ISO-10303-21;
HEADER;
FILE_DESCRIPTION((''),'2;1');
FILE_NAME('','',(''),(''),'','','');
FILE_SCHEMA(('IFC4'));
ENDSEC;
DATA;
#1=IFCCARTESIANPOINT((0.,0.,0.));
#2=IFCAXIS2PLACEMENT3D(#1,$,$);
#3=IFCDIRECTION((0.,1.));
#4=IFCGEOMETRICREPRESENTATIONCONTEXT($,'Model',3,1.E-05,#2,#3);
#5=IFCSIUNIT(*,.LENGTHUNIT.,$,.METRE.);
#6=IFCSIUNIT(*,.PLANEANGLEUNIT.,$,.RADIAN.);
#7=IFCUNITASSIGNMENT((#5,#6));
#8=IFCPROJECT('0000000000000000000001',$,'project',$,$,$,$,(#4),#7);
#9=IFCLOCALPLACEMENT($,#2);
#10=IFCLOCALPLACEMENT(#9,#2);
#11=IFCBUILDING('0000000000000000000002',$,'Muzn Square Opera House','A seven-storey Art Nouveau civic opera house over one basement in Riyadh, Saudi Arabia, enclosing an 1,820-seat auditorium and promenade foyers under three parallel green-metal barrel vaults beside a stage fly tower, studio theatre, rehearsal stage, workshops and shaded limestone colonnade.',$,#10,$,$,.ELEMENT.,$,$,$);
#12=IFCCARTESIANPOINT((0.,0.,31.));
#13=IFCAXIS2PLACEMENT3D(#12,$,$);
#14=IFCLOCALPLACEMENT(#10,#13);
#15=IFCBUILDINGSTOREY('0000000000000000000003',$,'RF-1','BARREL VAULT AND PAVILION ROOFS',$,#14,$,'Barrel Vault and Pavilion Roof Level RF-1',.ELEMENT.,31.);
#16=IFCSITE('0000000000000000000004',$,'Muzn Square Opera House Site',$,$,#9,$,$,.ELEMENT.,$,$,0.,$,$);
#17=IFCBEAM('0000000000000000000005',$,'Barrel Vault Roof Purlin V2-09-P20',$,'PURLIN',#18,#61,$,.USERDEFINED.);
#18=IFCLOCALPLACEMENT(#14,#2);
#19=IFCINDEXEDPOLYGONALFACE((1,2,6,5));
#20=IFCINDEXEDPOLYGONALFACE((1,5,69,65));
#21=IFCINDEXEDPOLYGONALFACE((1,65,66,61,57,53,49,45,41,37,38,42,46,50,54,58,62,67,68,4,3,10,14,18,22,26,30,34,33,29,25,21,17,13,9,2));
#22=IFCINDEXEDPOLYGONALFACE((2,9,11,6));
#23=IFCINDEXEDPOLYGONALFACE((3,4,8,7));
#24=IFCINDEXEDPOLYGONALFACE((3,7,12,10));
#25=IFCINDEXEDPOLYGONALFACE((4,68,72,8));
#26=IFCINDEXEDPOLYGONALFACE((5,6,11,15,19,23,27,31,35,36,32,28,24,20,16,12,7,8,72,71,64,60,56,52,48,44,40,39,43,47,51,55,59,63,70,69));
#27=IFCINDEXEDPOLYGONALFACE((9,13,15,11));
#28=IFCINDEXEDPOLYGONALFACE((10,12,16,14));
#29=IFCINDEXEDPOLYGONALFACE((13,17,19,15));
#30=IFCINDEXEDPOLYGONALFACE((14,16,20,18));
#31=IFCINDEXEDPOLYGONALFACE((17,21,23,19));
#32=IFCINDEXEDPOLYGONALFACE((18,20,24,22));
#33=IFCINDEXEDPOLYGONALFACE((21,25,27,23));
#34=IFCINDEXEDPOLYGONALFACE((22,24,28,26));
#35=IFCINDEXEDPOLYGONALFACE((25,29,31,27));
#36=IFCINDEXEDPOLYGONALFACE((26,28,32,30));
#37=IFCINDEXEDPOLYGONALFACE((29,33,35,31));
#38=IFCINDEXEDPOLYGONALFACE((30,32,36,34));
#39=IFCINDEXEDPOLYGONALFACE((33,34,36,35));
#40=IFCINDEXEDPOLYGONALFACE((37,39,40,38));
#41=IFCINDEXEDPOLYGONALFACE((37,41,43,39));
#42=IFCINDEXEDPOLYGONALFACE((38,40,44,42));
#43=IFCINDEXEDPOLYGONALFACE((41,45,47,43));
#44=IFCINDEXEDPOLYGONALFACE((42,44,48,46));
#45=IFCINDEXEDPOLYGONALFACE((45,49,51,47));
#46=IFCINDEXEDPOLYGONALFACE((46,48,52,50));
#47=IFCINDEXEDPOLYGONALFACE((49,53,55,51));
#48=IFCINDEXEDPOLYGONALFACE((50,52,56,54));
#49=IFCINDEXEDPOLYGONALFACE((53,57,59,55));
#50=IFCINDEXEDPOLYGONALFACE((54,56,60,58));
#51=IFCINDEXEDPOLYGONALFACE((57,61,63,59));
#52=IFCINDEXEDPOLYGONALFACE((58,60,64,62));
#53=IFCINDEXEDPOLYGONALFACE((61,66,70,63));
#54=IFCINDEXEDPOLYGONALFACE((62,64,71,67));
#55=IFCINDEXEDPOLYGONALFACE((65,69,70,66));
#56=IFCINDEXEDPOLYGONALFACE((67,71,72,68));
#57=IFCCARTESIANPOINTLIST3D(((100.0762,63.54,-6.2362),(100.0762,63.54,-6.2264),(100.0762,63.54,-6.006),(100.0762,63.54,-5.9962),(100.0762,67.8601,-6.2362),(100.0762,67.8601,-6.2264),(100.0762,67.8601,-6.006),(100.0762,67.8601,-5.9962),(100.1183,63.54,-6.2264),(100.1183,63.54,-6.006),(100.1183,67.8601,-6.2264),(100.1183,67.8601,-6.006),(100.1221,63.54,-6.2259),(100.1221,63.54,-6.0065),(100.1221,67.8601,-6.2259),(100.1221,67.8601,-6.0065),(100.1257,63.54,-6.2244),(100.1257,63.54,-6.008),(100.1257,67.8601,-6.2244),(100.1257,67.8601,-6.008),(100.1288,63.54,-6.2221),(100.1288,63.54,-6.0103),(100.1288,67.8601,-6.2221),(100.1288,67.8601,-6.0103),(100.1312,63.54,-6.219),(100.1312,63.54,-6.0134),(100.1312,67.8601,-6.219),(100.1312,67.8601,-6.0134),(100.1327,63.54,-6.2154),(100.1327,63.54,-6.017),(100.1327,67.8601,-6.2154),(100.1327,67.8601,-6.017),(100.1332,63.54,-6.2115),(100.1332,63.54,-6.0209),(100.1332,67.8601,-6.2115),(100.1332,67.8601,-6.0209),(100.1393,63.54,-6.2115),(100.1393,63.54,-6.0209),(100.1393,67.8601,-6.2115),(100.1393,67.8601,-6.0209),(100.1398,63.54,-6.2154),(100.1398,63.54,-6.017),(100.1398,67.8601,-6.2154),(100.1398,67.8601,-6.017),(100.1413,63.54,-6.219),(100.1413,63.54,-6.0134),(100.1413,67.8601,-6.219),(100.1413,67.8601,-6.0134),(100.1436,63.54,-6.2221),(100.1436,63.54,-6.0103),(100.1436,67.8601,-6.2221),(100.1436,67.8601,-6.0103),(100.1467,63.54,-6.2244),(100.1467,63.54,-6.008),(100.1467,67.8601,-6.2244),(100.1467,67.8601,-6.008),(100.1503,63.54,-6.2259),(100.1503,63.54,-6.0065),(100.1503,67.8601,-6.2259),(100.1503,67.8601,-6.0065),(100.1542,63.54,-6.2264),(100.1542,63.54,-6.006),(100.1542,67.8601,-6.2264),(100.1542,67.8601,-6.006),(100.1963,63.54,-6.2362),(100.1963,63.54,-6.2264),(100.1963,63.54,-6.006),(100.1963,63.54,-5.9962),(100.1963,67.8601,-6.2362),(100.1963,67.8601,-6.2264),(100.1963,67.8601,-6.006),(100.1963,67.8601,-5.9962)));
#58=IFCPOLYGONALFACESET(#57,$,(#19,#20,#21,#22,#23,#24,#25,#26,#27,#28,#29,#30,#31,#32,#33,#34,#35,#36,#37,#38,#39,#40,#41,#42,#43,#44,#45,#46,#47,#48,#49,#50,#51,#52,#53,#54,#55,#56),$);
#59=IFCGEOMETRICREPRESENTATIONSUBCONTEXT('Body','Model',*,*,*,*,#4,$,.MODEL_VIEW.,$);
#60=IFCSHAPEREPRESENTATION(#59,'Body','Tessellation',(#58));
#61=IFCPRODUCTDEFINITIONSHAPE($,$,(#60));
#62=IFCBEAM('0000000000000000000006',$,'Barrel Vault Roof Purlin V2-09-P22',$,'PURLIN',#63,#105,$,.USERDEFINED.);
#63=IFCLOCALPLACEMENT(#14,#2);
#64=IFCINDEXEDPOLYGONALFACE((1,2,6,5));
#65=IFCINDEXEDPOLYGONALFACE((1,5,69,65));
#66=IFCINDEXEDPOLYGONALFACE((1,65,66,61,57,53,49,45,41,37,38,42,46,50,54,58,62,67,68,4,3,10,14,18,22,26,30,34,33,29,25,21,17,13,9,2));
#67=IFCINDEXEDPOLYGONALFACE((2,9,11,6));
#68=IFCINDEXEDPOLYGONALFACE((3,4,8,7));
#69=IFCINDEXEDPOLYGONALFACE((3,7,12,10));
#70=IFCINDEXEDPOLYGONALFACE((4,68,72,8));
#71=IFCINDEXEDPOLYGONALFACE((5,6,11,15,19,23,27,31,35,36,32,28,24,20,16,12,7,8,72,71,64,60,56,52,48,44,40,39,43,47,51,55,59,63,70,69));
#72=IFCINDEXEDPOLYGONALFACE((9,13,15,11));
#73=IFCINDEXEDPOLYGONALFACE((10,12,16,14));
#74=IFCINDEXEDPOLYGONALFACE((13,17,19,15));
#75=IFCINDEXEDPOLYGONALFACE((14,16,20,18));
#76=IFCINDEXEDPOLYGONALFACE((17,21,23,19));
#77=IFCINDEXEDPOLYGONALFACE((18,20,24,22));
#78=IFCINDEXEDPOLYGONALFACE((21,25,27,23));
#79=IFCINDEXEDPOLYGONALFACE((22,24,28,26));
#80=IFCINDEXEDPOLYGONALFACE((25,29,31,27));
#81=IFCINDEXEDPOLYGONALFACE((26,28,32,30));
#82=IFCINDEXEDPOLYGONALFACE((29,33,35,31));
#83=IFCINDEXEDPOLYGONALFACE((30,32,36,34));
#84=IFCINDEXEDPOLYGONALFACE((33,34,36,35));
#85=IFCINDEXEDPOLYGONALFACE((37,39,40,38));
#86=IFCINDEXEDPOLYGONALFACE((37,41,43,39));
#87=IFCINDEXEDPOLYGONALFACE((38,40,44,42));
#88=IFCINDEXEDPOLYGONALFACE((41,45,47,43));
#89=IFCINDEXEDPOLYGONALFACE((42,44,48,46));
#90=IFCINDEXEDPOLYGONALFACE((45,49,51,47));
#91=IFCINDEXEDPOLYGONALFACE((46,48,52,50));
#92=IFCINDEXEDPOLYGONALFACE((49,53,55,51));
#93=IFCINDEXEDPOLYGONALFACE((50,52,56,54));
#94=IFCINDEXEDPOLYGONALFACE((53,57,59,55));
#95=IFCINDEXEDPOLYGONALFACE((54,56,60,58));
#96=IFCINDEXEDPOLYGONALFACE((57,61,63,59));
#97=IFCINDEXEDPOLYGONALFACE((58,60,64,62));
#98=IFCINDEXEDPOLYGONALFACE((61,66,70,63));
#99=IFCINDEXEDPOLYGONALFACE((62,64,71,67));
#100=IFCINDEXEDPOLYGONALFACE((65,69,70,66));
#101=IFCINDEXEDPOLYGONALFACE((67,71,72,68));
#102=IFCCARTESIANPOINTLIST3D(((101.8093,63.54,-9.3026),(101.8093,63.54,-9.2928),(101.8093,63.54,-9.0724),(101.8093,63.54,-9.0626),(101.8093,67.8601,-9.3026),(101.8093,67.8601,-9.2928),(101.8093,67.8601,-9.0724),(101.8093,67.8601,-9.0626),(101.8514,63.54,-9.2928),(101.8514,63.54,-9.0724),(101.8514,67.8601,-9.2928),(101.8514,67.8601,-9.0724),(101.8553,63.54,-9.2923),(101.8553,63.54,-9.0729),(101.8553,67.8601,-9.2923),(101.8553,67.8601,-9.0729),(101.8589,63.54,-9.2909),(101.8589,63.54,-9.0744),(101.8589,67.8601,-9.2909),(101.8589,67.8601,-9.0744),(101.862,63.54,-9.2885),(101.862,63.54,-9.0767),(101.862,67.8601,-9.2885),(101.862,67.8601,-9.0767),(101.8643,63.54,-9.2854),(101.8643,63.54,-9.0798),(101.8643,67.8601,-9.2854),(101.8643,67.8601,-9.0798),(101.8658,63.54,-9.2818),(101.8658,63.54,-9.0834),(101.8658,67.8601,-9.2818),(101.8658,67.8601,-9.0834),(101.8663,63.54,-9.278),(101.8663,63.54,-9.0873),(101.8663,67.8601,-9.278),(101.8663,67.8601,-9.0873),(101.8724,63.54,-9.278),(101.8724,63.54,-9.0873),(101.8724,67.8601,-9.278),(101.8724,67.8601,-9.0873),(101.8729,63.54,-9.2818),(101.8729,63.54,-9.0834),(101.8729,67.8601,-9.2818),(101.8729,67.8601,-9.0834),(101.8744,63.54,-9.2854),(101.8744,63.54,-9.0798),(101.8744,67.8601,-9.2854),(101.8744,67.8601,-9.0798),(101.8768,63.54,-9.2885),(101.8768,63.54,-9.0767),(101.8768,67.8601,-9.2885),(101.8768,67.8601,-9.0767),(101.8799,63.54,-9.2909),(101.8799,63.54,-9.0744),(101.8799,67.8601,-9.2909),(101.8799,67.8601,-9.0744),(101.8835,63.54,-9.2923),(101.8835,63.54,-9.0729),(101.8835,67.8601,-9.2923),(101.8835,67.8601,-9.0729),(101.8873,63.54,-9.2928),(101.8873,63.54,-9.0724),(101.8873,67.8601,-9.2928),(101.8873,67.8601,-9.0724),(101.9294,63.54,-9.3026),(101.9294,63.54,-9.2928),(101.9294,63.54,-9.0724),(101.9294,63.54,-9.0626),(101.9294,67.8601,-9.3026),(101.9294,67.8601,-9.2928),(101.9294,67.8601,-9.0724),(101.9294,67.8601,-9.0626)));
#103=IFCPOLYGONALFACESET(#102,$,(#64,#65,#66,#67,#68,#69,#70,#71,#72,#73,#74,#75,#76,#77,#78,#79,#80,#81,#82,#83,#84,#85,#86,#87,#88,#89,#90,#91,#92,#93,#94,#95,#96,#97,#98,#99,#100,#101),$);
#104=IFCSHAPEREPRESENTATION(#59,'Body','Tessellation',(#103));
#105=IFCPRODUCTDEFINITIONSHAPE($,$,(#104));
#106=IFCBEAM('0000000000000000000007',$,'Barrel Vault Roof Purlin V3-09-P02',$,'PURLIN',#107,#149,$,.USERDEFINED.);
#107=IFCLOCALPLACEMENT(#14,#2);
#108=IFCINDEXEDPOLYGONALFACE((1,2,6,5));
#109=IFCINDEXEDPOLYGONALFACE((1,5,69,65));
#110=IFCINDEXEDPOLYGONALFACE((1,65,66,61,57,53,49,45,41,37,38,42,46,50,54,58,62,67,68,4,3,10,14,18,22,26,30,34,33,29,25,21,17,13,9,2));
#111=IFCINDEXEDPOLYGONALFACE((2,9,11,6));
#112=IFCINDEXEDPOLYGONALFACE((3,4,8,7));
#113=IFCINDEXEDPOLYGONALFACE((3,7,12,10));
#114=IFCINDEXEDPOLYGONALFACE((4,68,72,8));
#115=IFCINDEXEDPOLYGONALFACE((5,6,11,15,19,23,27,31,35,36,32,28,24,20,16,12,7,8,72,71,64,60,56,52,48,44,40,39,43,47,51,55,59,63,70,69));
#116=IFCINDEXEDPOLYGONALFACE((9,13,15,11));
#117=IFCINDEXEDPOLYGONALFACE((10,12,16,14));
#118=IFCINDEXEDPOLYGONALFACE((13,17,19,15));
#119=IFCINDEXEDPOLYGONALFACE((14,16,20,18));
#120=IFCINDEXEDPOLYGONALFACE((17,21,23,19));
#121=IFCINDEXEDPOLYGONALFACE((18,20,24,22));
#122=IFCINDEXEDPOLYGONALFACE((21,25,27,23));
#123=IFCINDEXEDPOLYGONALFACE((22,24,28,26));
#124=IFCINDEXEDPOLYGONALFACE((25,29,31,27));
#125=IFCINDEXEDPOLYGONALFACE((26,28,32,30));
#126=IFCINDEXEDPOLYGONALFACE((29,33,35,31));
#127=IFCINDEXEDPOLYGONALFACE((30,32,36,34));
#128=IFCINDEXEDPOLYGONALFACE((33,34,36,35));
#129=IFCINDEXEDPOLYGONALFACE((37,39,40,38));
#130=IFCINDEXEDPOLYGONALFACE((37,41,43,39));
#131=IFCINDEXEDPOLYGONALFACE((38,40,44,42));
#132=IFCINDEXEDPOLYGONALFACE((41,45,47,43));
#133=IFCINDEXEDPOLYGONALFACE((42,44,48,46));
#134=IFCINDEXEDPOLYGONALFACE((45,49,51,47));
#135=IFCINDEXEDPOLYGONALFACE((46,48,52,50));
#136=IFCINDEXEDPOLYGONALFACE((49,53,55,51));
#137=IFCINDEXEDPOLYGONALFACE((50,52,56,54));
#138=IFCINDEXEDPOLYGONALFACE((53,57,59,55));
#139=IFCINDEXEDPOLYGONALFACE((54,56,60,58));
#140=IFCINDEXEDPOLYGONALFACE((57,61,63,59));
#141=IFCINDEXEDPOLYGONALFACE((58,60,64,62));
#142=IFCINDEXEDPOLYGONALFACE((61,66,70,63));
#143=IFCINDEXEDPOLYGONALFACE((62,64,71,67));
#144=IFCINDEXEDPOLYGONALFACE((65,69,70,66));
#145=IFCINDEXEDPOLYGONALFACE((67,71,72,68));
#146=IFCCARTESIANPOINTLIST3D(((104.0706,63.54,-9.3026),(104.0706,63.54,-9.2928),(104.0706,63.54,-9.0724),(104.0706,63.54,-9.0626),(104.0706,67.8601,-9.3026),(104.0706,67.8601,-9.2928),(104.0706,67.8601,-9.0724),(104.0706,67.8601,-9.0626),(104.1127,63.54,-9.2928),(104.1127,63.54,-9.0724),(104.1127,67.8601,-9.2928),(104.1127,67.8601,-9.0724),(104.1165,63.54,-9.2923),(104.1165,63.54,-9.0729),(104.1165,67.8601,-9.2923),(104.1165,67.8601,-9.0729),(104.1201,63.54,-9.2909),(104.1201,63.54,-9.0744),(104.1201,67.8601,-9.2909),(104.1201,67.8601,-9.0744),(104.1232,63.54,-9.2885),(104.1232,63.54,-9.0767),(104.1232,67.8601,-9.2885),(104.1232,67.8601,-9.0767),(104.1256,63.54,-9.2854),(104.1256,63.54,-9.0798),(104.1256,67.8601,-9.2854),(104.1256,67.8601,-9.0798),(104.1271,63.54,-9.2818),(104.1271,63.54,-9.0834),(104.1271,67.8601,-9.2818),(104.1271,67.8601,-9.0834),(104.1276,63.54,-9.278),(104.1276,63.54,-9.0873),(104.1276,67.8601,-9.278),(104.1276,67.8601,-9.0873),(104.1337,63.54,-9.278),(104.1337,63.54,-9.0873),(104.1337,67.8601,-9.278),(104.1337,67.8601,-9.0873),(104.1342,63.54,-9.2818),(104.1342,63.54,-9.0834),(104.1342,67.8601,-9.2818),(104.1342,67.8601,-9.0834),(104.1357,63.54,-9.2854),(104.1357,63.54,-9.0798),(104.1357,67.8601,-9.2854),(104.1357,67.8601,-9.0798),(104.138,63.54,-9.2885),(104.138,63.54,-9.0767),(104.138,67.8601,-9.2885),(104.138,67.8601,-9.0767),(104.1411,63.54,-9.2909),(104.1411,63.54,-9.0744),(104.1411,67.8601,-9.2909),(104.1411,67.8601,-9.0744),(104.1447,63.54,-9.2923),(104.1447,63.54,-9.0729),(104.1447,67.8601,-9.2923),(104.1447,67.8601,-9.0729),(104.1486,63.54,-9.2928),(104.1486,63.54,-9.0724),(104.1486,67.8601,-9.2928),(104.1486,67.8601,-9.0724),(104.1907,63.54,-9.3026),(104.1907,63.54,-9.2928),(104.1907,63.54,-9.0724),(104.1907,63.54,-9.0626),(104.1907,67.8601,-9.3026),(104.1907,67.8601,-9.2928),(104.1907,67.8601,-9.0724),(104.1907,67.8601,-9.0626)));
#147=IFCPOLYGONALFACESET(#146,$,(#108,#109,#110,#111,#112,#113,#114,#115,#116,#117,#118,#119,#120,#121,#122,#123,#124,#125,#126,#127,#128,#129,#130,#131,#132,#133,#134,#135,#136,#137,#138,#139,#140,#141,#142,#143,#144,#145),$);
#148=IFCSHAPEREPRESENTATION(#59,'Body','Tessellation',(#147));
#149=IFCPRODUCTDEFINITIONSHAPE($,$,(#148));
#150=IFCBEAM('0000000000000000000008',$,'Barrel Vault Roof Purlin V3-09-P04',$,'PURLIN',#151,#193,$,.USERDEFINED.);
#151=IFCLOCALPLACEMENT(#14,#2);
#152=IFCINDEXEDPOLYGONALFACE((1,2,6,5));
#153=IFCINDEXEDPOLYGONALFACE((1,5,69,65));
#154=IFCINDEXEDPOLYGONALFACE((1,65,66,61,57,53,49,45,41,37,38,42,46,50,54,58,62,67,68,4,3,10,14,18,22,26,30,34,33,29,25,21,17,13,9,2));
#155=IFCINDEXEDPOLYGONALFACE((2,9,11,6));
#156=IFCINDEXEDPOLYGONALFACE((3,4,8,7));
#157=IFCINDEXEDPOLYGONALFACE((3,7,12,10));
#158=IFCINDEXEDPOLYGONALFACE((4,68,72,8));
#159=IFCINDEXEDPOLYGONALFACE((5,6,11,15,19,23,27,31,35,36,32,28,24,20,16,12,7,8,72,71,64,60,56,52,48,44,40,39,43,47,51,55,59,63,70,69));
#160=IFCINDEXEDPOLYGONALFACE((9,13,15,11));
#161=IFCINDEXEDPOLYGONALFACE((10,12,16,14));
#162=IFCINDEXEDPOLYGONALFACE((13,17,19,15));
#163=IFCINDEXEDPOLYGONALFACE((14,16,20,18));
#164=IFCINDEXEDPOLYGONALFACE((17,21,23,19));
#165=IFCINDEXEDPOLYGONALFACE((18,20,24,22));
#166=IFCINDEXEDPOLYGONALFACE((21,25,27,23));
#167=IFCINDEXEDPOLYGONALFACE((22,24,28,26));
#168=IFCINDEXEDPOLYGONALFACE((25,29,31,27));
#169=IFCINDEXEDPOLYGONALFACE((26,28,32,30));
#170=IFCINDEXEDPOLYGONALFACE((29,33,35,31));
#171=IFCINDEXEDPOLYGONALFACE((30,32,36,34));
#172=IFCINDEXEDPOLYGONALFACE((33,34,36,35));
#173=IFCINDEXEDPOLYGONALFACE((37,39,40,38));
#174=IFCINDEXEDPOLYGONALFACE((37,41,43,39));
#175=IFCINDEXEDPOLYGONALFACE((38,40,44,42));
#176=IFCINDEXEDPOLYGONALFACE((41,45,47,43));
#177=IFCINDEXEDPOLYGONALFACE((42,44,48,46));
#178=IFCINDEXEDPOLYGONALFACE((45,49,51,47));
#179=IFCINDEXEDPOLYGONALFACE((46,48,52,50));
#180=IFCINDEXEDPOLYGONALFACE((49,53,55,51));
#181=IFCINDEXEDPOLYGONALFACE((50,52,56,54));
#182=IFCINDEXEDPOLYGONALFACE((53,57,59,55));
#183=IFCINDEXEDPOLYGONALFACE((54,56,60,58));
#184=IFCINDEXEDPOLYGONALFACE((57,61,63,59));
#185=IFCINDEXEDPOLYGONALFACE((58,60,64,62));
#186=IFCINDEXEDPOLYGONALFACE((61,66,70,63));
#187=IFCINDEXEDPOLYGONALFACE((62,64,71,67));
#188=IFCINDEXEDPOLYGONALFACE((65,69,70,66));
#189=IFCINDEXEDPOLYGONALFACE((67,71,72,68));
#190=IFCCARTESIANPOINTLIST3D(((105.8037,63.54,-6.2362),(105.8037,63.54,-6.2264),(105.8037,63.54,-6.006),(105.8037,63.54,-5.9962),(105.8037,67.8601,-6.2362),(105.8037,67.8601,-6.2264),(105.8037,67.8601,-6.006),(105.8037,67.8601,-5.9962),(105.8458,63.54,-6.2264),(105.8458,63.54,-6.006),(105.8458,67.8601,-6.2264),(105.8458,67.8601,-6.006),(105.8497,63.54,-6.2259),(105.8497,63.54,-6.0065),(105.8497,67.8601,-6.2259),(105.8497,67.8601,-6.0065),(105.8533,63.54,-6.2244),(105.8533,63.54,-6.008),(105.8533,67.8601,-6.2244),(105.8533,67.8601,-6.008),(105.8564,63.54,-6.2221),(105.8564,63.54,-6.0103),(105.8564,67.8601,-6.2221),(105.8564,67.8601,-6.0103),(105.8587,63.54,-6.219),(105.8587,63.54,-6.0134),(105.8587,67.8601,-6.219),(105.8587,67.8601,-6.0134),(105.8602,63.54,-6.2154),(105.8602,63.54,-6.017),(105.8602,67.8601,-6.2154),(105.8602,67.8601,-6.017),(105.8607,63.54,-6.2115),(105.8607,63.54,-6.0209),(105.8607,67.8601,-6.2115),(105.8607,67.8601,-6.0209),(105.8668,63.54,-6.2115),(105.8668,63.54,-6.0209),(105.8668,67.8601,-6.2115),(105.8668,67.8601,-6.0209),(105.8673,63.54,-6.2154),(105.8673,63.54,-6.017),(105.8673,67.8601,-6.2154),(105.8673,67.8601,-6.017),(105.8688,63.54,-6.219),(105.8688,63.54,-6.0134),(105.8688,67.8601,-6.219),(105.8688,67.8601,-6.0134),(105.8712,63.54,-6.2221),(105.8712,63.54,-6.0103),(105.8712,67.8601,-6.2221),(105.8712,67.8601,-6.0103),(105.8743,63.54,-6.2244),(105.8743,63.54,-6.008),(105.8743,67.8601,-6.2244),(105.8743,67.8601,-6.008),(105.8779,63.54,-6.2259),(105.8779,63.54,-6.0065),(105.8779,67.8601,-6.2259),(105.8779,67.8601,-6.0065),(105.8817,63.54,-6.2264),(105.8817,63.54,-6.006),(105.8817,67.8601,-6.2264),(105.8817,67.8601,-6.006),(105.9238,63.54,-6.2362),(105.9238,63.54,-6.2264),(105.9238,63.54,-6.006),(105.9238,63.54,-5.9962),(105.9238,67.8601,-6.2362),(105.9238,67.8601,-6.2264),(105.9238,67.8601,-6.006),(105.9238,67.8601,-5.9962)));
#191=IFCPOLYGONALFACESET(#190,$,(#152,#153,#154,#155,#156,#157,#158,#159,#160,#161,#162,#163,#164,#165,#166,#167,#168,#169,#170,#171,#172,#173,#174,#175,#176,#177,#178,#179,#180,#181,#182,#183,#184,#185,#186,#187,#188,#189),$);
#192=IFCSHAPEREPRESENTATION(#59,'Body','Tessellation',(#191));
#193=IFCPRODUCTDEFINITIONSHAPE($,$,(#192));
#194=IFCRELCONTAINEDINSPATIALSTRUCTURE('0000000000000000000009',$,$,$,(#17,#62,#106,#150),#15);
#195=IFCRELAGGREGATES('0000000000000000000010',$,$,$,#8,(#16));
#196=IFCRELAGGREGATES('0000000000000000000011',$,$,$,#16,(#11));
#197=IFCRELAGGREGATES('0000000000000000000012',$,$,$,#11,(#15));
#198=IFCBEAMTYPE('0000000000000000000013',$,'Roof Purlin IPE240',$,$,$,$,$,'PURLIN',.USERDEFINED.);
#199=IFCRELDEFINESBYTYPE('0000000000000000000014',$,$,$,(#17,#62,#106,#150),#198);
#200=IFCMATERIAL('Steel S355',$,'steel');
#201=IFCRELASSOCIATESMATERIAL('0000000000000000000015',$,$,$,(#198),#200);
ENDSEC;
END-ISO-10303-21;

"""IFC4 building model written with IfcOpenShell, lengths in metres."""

from ifc_helpers import new_model, si_unit, direction, frame, origin, origin_2d, place, context, subcontext, project, spatial, i_section, extrude, material, material_profile, profile_set, type_object, element, save


model = new_model("IFC4")

# Units and contexts
model_context = context("Model", 3, precision=1e-05, world=origin(), true_north=direction((0.0, 1.0)))
body_context = subcontext(model_context, "Body", "Model", "MODEL_VIEW")
ifc_project = project(units=[si_unit("LENGTHUNIT", "METRE"), si_unit("PLANEANGLEUNIT", "RADIAN")], contexts=[model_context])

# Site, building, storey
site_placement = place(None, origin())
site = spatial("IfcSite", under=ifc_project, at=site_placement, Name="Muzn Square Opera House Site", CompositionType="ELEMENT", RefElevation=0.0)
building_placement = place(site_placement, origin())
building = spatial("IfcBuilding", under=site, at=building_placement, Name="Muzn Square Opera House", Description="A seven-storey Art Nouveau civic opera house over one basement in Riyadh, Saudi Arabia, enclosing an 1,820-seat auditorium and promenade foyers under three parallel green-metal barrel vaults beside a stage fly tower, studio theatre, rehearsal stage, workshops and shaded limestone colonnade.", CompositionType="ELEMENT")
storey_placement = place(building_placement, frame((0.0, 0.0, 31.0)))
storey = spatial("IfcBuildingStorey", under=building, at=storey_placement, Name="RF-1", Description="BARREL VAULT AND PAVILION ROOFS", LongName="Barrel Vault and Pavilion Roof Level RF-1", CompositionType="ELEMENT", Elevation=31.0)

# Beams
ifc_material_1 = material(Name="Steel S355", Category="steel")
ifc_material_profile_1 = material_profile(ifc_material_1, i_section(OverallWidth=0.1201, OverallDepth=0.24, WebThickness=0.0061, FlangeThickness=0.0098, FilletRadius=0.0149, at=origin_2d()), Name="IPE 240", Category="steel")
ifc_profile_set_1 = profile_set([ifc_material_profile_1], Name="Steel S355")
beam_type_1 = type_object("IfcBeamType", Name="Roof Purlin IPE240", ElementType="PURLIN", PredefinedType="USERDEFINED", material=ifc_profile_set_1)
for number, where, z_axis, x_axis, name in (
    (1, (100.1362, 63.54, -6.1162), (0.0, 1.0, 0.0), (-1.0, 0.0, 0.0), "Barrel Vault Roof Purlin V2-09-P20"),
    (2, (101.8694, 63.54, -9.1826), (0.0, 1.0, 0.0), (-1.0, 0.0, 0.0), "Barrel Vault Roof Purlin V2-09-P22"),
    (3, (104.1306, 63.54, -9.1826), (0.0, 1.0, 0.0), (-1.0, 0.0, 0.0), "Barrel Vault Roof Purlin V3-09-P02"),
    (4, (105.8638, 63.54, -6.1162), (0.0, 1.0, 0.0), (-1.0, 0.0, 0.0), "Barrel Vault Roof Purlin V3-09-P04"),
):
    element("IfcBeam", number, at=place(storey_placement, frame(where, z_axis=z_axis, x_axis=x_axis)), inside=storey, type_object=beam_type_1, Name=name, ObjectType="PURLIN", PredefinedType="USERDEFINED", context=body_context, shape_type="SweptSolid", body=[
        extrude(i_section(OverallWidth=0.1201, OverallDepth=0.24, WebThickness=0.0061, FlangeThickness=0.0098, FilletRadius=0.0149, at=origin_2d()), origin(), (0.0, 0.0, 1.0), 4.3201),
    ])

save(model, "model.ifc")
